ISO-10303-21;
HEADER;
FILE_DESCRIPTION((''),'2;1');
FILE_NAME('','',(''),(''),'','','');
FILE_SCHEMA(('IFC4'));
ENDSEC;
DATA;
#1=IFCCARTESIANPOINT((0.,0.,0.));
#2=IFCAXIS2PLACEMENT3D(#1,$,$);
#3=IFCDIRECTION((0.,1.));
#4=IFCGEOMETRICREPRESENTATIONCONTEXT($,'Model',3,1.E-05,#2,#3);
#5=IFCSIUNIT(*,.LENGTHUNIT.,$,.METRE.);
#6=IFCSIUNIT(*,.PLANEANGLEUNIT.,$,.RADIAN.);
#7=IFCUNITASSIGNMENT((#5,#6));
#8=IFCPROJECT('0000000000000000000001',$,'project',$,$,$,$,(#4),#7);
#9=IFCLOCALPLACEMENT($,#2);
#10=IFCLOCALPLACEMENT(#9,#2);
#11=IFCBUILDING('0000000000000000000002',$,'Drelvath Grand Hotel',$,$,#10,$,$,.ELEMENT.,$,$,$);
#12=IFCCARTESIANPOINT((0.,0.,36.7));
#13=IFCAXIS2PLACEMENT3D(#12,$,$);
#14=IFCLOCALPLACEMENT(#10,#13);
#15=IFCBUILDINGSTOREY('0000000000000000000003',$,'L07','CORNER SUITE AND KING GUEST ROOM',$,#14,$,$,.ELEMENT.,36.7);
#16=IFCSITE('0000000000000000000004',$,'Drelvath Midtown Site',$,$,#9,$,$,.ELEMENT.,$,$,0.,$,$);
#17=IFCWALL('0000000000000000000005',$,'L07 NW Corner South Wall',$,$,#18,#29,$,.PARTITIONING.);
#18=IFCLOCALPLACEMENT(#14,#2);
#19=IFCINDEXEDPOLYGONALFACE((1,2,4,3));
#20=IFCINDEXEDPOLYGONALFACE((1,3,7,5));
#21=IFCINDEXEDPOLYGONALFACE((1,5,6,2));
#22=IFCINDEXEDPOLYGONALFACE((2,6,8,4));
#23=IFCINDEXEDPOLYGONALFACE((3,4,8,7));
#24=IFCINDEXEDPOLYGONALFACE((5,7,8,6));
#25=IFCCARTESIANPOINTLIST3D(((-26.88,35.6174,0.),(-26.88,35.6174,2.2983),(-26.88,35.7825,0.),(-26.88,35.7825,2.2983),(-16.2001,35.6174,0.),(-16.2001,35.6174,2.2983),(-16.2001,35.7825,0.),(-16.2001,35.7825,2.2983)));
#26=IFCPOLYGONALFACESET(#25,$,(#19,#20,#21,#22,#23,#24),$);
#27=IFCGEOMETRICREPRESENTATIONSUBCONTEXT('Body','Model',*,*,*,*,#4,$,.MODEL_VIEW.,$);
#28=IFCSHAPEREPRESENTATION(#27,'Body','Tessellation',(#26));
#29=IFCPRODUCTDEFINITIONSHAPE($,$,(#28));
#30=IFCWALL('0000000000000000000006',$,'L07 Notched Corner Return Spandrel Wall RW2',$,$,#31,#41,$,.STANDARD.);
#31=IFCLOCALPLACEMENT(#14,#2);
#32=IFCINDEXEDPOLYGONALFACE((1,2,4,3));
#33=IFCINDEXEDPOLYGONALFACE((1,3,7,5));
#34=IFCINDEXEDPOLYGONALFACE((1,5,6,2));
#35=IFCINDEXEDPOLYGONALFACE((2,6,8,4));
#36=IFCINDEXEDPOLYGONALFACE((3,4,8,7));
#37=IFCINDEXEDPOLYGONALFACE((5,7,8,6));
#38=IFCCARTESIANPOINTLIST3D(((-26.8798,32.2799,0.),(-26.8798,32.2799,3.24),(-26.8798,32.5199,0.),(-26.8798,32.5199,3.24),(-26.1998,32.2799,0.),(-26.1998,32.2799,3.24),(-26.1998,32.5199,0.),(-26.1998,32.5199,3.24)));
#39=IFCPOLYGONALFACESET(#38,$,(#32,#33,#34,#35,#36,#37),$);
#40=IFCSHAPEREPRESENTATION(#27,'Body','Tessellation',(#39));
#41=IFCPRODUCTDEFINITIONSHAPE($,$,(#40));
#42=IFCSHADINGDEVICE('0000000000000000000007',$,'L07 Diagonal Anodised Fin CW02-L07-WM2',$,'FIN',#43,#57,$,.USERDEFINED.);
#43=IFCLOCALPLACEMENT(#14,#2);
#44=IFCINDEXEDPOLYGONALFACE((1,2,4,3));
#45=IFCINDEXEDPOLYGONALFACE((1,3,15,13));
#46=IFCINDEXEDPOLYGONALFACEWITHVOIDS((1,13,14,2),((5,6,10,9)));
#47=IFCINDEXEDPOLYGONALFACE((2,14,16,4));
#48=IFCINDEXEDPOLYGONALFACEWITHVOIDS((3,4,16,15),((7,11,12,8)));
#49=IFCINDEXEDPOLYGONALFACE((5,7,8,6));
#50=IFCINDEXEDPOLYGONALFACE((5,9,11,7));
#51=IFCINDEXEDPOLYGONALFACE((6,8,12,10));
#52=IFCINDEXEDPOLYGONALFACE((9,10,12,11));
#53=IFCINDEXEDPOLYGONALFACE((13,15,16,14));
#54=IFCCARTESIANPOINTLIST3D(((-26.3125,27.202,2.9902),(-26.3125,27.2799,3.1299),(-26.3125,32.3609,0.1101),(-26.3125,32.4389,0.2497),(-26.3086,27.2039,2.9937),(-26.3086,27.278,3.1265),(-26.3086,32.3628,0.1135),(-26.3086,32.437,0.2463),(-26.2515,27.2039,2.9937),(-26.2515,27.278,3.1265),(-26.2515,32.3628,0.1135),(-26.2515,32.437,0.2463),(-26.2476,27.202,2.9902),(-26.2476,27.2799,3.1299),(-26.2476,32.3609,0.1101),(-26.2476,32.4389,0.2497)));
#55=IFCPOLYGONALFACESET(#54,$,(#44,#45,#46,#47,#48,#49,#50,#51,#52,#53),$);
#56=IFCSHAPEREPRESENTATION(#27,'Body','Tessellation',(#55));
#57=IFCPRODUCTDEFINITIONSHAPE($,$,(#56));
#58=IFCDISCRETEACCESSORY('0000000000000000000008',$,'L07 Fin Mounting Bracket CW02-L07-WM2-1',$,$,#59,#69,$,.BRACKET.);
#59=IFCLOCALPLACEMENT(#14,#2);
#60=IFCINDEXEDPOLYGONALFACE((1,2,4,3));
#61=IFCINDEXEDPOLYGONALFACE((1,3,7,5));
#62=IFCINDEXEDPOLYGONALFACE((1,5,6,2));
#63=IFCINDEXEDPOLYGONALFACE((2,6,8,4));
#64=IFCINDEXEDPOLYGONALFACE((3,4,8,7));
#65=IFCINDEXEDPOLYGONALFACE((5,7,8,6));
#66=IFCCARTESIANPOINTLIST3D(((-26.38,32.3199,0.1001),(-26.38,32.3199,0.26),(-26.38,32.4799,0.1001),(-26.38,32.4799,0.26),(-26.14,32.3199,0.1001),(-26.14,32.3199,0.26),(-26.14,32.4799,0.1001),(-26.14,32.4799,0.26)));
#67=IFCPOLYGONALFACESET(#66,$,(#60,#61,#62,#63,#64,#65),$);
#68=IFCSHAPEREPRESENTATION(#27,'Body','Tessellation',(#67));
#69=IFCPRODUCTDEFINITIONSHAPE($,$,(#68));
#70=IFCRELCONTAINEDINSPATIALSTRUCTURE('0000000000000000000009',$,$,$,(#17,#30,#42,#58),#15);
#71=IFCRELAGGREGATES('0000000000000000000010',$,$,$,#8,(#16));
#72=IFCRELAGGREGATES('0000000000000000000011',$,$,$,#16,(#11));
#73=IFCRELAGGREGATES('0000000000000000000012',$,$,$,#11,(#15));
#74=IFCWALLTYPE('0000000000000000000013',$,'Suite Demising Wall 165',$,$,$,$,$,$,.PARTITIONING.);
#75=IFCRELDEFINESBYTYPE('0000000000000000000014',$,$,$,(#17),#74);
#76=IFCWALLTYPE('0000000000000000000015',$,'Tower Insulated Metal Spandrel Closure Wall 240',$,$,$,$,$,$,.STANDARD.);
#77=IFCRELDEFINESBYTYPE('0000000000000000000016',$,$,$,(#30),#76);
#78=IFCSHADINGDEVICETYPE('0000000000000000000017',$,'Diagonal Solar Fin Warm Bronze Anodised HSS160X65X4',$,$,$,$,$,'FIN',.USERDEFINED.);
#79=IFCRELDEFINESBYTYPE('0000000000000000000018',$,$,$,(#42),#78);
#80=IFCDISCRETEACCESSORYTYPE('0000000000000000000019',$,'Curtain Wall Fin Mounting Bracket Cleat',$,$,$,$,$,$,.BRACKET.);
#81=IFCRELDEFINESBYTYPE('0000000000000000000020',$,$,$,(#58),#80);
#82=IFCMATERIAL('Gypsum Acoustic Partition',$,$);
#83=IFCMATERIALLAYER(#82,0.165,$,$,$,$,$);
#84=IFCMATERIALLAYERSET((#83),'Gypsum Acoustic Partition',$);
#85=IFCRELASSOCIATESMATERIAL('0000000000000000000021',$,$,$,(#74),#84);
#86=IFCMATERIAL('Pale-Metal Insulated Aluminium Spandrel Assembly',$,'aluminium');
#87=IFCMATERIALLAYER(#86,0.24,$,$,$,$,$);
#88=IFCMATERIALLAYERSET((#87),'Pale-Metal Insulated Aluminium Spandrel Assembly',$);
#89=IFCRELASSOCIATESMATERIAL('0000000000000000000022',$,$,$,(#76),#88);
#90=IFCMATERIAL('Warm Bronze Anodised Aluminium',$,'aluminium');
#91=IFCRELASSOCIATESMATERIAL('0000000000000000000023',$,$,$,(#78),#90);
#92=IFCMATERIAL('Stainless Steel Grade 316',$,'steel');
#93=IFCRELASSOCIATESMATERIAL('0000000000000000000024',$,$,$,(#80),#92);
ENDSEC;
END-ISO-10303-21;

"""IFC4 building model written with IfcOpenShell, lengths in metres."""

from ifc_helpers import new_model, si_unit, direction, frame, frame_2d, origin, origin_2d, place, context, subcontext, project, spatial, rectangle, hollow_rectangle, extrude, material, layer, layer_set, material_profile, profile_set, type_object, element, save


model = new_model("IFC4")

# Units and contexts
model_context = context("Model", 3, precision=1e-05, world=origin(), true_north=direction((0.0, 1.0)))
body_context = subcontext(model_context, "Body", "Model", "MODEL_VIEW")
ifc_project = project(units=[si_unit("LENGTHUNIT", "METRE"), si_unit("PLANEANGLEUNIT", "RADIAN")], contexts=[model_context])

# Site, building, storey
site_placement = place(None, origin())
site = spatial("IfcSite", under=ifc_project, at=site_placement, Name="Drelvath Midtown Site", CompositionType="ELEMENT", RefElevation=0.0)
building_placement = place(site_placement, origin())
building = spatial("IfcBuilding", under=site, at=building_placement, Name="Drelvath Grand Hotel", CompositionType="ELEMENT")
storey_placement = place(building_placement, frame((0.0, 0.0, 36.7)))
storey = spatial("IfcBuildingStorey", under=building, at=storey_placement, Name="L07", Description="CORNER SUITE AND KING GUEST ROOM", CompositionType="ELEMENT", Elevation=36.7)

# Walls
ifc_material_1 = material(Name="Gypsum Acoustic Partition")
ifc_layer_1 = layer(ifc_material_1, 0.165)
ifc_layer_set_1 = layer_set([ifc_layer_1], Name="Gypsum Acoustic Partition")
wall_type_1 = type_object("IfcWallType", Name="Suite Demising Wall 165", PredefinedType="PARTITIONING", material=ifc_layer_set_1)
wall_1_placement = place(storey_placement, frame((-26.8799, 35.7, 0.0), z_axis=(0.0, 0.0, 1.0), x_axis=(1.0, 0.0, 0.0)))
element("IfcWall", 1, at=wall_1_placement, inside=storey, type_object=wall_type_1, Name="L07 NW Corner South Wall", PredefinedType="PARTITIONING", context=body_context, shape_type="SweptSolid", body=[
    extrude(rectangle(XDim=10.6799, YDim=0.165, at=frame_2d((5.3398, 0.0))), origin(), (0.0, 0.0, 1.0), 2.2983),
])
ifc_material_2 = material(Name="Pale-Metal Insulated Aluminium Spandrel Assembly", Category="aluminium")
ifc_layer_2 = layer(ifc_material_2, 0.24)
ifc_layer_set_2 = layer_set([ifc_layer_2], Name="Pale-Metal Insulated Aluminium Spandrel Assembly")
wall_type_2 = type_object("IfcWallType", Name="Tower Insulated Metal Spandrel Closure Wall 240", PredefinedType="STANDARD", material=ifc_layer_set_2)
wall_2_placement = place(storey_placement, frame((-26.2, 32.3999, 0.0), z_axis=(0.0, 0.0, 1.0), x_axis=(-1.0, 0.0, 0.0)))
element("IfcWall", 2, at=wall_2_placement, inside=storey, type_object=wall_type_2, Name="L07 Notched Corner Return Spandrel Wall RW2", PredefinedType="STANDARD", context=body_context, shape_type="SweptSolid", body=[
    extrude(rectangle(XDim=0.6799, YDim=0.24, at=frame_2d((0.3398, 0.0))), origin(), (0.0, 0.0, 1.0), 3.24),
])

# Shading device
ifc_material_3 = material(Name="Warm Bronze Anodised Aluminium", Category="aluminium")
ifc_material_profile_1 = material_profile(ifc_material_3, hollow_rectangle(XDim=0.0649, YDim=0.1599, WallThickness=0.0039, at=origin_2d()), Name="HSS160X65X4")
ifc_profile_set_1 = profile_set([ifc_material_profile_1], Name="Warm Bronze Anodised Aluminium")
shading_device_type = type_object("IfcShadingDeviceType", Name="Diagonal Solar Fin Warm Bronze Anodised HSS160X65X4", ElementType="FIN", PredefinedType="USERDEFINED", material=ifc_profile_set_1)
shading_device_placement = place(storey_placement, frame((-26.28, 32.3999, 0.1799), z_axis=(0.0, -0.873146, 0.487459), x_axis=(1.0, 0.0, 0.0)))
element("IfcShadingDevice", 3, at=shading_device_placement, inside=storey, type_object=shading_device_type, Name="L07 Diagonal Anodised Fin CW02-L07-WM2", ObjectType="FIN", PredefinedType="USERDEFINED", context=body_context, shape_type="SweptSolid", body=[
    extrude(hollow_rectangle(XDim=0.0649, YDim=0.1599, WallThickness=0.0039, at=origin_2d()), origin(), (0.0, 0.0, 1.0), 5.9084),
])

# Discrete accessory
ifc_material_4 = material(Name="Stainless Steel Grade 316", Category="steel")
discrete_accessory_type = type_object("IfcDiscreteAccessoryType", Name="Curtain Wall Fin Mounting Bracket Cleat", PredefinedType="BRACKET", material=ifc_material_4)
discrete_accessory_placement = place(storey_placement, frame((-26.26, 32.3999, 0.1001), z_axis=(0.0, 0.0, 1.0), x_axis=(0.0, 1.0, 0.0)))
element("IfcDiscreteAccessory", 4, at=discrete_accessory_placement, inside=storey, type_object=discrete_accessory_type, Name="L07 Fin Mounting Bracket CW02-L07-WM2-1", PredefinedType="BRACKET", context=body_context, shape_type="SweptSolid", body=[
    extrude(rectangle(XDim=0.1599, YDim=0.24, at=origin_2d()), origin(), (0.0, 0.0, 1.0), 0.1599),
])

save(model, "model.ifc")
